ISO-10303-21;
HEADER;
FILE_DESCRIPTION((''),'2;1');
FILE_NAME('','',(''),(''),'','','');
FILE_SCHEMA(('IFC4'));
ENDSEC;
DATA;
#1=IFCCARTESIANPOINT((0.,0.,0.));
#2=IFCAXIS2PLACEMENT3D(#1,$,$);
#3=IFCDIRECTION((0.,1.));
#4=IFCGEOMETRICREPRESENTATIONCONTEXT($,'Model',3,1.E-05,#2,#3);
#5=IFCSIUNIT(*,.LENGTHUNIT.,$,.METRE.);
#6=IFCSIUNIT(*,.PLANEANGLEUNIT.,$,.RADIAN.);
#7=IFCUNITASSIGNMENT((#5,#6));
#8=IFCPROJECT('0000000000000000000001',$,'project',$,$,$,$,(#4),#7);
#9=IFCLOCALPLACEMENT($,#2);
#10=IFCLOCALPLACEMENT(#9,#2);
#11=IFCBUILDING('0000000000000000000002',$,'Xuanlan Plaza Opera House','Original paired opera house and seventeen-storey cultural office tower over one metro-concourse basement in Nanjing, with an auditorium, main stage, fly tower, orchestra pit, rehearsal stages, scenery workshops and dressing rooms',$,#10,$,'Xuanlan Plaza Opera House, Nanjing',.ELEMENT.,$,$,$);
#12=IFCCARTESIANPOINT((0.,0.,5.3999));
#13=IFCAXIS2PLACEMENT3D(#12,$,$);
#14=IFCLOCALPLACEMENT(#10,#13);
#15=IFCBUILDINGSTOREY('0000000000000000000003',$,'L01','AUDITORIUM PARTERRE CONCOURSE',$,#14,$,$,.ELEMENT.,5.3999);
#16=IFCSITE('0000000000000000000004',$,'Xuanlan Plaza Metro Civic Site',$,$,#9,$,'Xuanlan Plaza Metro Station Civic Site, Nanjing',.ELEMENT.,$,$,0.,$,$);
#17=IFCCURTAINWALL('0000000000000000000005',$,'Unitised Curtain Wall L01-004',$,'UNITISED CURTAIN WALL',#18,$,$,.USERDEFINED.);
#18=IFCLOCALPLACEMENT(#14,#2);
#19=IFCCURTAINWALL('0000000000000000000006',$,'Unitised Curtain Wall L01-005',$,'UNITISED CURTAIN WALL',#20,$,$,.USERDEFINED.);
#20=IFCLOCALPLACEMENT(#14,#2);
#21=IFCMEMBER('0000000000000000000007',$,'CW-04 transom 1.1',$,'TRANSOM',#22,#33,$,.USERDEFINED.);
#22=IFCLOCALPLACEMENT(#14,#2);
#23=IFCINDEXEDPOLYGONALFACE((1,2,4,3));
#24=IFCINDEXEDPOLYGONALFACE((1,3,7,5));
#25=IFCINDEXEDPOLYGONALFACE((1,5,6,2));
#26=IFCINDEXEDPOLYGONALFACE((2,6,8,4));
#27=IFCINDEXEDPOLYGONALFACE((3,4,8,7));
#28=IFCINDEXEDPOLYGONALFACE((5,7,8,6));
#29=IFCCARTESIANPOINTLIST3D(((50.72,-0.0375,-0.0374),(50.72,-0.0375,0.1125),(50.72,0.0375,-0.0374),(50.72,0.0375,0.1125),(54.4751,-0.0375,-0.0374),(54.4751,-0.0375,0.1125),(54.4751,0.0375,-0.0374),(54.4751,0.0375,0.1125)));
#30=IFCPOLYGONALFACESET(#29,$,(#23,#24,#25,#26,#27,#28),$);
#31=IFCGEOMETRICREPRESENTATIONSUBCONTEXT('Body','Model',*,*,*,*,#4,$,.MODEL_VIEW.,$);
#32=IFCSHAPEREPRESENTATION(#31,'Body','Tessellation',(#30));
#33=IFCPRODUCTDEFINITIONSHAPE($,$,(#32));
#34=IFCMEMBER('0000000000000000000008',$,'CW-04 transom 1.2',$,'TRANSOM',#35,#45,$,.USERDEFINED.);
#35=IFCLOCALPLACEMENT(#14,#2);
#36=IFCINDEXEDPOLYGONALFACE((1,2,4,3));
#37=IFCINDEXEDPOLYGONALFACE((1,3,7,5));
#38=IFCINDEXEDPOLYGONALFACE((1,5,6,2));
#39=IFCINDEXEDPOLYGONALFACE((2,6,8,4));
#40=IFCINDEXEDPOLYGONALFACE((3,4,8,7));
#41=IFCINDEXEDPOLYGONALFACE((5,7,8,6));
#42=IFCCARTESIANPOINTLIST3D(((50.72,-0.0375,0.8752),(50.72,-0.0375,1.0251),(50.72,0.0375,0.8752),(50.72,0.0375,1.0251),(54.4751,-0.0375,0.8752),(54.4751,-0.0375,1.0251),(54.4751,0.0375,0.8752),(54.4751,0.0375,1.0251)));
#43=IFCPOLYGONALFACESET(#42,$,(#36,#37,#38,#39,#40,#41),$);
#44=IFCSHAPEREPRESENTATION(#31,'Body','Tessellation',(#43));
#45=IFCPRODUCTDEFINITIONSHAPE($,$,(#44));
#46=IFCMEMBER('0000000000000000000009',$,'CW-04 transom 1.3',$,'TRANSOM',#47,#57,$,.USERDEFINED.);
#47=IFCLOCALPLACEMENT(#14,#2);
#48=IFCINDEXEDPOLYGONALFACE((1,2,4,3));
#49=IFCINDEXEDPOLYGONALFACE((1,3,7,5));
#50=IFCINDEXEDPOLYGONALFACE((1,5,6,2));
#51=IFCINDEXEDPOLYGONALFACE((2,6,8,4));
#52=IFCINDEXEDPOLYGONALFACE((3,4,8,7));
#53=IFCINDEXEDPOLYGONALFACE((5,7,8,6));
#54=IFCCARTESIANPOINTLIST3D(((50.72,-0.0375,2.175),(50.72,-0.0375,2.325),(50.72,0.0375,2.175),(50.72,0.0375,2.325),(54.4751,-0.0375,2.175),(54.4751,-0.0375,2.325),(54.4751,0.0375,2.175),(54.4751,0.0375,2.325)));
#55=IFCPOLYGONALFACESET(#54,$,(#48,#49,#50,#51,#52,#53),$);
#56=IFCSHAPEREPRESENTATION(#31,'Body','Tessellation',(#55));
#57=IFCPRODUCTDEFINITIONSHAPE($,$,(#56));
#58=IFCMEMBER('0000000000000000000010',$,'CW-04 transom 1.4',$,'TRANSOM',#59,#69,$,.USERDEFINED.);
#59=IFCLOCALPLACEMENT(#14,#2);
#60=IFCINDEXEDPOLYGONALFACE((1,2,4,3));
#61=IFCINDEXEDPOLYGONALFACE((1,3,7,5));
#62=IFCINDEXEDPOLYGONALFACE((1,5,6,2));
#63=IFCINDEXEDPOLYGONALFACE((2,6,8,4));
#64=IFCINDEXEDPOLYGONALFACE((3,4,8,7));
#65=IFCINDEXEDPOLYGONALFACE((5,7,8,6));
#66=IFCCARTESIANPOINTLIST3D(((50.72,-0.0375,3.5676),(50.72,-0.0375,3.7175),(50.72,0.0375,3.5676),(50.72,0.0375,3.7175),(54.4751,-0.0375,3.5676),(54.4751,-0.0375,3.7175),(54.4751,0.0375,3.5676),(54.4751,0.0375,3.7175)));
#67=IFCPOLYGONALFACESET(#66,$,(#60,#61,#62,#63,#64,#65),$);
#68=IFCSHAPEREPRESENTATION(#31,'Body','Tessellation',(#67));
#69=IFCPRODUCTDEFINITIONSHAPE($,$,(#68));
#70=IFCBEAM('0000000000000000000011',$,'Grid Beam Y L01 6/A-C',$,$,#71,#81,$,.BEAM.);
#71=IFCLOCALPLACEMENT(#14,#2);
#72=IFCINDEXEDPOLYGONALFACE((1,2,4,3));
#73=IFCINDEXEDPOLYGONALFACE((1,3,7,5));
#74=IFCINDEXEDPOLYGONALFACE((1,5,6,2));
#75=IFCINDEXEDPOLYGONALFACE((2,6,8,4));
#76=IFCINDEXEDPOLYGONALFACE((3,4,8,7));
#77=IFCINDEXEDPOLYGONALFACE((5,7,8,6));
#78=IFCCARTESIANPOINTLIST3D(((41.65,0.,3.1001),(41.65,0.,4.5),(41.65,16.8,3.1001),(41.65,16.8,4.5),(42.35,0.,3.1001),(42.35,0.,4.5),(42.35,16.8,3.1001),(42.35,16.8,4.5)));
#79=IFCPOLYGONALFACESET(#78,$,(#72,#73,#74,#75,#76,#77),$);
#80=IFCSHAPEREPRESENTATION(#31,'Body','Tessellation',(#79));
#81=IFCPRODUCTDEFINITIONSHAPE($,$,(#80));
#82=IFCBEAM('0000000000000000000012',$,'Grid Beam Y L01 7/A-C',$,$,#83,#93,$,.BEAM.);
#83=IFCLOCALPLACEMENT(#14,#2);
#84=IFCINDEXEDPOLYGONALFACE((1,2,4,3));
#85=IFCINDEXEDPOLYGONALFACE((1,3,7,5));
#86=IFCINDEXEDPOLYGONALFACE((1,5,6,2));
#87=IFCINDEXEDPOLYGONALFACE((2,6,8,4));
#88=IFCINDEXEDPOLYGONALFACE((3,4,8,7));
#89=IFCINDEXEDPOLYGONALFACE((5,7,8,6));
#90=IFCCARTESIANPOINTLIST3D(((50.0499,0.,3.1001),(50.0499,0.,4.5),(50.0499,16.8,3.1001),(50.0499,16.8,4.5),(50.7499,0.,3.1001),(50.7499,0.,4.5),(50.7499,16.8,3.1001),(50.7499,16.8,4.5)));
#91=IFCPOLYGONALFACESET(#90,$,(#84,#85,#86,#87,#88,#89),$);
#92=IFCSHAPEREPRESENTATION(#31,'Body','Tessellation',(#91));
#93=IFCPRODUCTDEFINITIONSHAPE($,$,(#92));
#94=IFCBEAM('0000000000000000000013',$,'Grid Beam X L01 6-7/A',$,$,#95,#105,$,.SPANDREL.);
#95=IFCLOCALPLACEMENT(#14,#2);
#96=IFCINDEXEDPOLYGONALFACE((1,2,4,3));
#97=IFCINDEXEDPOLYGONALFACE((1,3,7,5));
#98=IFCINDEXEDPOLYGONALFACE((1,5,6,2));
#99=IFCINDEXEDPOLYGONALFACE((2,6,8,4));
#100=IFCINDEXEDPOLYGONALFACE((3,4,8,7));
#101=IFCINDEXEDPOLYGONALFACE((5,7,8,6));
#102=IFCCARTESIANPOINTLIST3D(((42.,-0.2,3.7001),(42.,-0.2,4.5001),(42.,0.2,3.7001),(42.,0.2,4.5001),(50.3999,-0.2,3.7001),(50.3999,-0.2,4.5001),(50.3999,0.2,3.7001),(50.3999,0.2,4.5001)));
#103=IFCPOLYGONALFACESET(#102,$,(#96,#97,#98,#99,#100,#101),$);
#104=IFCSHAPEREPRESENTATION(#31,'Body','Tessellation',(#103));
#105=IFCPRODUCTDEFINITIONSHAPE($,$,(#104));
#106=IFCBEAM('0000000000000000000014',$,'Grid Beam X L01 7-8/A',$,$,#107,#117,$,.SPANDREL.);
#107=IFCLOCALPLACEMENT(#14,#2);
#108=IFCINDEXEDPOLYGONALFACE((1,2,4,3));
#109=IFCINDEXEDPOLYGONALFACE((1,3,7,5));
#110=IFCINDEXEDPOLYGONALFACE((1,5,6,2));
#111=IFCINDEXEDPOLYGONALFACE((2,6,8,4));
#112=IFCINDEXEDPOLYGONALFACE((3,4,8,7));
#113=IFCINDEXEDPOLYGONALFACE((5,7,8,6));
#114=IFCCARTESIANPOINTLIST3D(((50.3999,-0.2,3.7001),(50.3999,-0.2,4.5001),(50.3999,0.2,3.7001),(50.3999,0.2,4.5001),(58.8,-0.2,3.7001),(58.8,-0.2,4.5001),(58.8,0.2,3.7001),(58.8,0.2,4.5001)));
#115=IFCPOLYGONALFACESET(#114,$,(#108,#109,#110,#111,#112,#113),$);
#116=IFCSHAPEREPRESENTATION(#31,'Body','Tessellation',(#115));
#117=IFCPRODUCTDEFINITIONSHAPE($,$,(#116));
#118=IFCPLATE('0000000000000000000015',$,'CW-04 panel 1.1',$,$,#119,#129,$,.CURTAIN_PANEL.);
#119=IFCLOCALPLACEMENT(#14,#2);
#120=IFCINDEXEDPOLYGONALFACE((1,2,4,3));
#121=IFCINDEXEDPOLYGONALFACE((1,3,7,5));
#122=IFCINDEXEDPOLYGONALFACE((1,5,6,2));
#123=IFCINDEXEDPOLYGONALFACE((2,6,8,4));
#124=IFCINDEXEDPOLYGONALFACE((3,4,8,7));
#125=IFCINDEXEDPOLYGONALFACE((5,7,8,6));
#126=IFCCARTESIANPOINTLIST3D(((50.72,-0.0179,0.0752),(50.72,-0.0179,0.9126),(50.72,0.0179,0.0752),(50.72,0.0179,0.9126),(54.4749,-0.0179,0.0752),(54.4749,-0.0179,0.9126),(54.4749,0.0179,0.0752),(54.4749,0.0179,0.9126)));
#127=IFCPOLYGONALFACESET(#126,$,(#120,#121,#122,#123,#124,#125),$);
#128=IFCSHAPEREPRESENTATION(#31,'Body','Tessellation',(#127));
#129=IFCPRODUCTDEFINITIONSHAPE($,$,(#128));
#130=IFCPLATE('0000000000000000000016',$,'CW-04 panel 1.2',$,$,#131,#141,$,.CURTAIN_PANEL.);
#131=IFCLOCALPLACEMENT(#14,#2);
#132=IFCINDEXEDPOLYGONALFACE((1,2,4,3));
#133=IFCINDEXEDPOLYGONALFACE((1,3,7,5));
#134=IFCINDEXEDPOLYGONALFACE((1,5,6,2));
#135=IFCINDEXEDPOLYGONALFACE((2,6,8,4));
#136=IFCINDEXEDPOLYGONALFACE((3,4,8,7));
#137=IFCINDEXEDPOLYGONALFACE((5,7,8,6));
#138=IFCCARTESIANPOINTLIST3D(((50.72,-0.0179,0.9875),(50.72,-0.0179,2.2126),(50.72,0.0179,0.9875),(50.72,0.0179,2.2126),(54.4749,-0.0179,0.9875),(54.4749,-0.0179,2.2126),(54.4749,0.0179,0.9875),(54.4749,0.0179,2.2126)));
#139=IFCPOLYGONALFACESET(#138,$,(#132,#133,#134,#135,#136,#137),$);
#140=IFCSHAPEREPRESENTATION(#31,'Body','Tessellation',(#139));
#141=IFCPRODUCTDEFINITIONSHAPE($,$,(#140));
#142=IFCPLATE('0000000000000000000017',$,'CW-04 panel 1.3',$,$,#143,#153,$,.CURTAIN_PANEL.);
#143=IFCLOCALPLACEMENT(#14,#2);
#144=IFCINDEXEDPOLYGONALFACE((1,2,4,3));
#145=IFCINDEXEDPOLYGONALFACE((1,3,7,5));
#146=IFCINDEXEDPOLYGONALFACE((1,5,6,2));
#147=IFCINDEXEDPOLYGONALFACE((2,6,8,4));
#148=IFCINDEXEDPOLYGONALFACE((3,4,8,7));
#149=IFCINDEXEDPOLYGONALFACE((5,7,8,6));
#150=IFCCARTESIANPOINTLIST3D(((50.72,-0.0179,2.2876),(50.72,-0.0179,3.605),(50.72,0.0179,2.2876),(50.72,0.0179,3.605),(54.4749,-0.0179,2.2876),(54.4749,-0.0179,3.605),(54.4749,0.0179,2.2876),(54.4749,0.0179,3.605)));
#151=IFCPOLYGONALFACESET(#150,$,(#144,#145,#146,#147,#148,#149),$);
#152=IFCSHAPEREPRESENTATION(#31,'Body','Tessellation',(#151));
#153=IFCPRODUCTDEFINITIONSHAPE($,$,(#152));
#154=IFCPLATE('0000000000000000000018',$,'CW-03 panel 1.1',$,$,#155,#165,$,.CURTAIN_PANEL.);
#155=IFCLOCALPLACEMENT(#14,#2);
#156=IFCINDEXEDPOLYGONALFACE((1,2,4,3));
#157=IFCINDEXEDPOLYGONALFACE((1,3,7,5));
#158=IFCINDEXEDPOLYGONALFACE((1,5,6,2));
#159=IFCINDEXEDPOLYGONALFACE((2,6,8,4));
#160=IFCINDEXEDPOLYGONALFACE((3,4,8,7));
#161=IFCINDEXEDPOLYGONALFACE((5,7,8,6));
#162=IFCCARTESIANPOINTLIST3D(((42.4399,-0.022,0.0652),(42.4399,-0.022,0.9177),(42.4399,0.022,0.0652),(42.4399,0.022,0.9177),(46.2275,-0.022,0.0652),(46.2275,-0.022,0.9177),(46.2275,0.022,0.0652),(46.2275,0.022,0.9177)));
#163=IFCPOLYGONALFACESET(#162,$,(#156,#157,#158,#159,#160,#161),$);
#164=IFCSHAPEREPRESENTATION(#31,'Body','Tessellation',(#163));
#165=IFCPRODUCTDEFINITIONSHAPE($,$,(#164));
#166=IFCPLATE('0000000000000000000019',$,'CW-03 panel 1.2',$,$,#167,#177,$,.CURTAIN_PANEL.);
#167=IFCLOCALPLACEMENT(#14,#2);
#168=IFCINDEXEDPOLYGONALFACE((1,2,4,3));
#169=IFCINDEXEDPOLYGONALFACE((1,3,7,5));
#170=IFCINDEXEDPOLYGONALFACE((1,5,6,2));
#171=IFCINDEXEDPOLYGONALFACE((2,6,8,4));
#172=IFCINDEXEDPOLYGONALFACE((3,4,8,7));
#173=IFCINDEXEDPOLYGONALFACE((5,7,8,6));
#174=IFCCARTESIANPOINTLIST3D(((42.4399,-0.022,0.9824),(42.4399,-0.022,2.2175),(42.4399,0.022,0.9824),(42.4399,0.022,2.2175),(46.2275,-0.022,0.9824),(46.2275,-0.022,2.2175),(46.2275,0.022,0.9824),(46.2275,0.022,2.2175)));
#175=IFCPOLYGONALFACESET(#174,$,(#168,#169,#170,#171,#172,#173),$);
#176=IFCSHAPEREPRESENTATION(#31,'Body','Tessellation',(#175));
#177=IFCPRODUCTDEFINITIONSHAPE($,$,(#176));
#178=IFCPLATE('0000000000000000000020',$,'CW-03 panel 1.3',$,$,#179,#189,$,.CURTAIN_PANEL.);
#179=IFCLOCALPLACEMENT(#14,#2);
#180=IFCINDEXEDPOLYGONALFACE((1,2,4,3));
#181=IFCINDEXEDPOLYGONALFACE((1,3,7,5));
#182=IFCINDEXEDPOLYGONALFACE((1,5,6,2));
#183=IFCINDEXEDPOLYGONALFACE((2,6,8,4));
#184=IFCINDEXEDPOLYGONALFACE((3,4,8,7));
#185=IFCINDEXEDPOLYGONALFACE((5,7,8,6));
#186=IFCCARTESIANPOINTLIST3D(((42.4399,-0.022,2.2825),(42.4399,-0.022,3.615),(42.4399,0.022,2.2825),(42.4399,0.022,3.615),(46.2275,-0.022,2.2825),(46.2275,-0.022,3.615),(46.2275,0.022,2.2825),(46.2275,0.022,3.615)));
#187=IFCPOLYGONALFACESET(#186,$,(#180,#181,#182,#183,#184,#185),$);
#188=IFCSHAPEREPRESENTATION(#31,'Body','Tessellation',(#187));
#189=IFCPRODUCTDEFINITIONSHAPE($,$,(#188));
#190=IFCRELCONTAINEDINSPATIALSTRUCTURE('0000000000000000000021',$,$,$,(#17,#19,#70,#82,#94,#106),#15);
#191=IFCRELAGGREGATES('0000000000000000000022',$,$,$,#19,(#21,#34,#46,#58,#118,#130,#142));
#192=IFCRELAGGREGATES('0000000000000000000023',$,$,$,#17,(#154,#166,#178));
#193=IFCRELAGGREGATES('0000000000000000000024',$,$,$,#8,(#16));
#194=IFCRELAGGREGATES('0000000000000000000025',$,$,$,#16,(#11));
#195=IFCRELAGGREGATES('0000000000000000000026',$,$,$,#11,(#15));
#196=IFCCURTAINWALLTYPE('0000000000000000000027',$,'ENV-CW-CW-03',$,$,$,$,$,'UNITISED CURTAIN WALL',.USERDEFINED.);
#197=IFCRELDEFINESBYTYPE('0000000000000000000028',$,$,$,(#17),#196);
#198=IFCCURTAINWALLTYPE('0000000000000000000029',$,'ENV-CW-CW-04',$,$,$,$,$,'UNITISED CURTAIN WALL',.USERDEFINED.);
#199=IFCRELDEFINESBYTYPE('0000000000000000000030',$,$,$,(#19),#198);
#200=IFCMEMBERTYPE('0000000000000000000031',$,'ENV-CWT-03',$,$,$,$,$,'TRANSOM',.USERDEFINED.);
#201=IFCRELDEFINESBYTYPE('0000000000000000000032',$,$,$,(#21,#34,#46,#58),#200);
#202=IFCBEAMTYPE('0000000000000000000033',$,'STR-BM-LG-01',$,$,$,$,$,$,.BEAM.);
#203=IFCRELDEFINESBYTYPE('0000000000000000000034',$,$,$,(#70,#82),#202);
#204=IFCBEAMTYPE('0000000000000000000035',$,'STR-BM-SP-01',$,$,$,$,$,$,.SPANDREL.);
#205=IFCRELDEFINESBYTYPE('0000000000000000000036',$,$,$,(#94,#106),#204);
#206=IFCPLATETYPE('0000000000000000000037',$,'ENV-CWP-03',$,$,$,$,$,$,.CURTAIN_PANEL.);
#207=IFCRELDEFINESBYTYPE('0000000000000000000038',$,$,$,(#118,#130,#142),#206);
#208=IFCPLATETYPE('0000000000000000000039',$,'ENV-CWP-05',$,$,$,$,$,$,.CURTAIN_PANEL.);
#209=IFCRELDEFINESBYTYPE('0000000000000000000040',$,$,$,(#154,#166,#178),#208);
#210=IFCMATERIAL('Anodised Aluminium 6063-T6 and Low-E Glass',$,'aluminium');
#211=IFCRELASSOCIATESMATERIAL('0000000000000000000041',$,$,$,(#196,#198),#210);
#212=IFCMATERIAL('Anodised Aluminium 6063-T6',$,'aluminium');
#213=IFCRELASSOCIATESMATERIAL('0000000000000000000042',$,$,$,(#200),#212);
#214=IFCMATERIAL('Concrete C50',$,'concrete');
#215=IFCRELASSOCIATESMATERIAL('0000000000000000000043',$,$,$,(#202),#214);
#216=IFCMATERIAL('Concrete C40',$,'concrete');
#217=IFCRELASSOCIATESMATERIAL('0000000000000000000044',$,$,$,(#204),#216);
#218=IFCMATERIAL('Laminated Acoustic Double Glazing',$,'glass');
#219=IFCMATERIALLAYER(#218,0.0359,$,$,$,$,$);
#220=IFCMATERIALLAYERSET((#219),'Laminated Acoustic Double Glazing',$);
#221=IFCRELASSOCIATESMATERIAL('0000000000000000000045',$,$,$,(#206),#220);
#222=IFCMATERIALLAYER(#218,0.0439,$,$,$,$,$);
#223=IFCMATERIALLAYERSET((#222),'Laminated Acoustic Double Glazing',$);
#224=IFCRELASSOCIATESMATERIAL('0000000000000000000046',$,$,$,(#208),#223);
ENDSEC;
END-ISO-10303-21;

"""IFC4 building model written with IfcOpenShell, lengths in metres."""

from ifc_helpers import new_model, si_unit, direction, frame, origin, origin_2d, place, context, subcontext, project, spatial, rectangle, extrude, material, layer, layer_set, material_profile, profile_set, type_object, element, aggregate, save


model = new_model("IFC4")

# Units and contexts
model_context = context("Model", 3, precision=1e-05, world=origin(), true_north=direction((0.0, 1.0)))
body_context = subcontext(model_context, "Body", "Model", "MODEL_VIEW")
ifc_project = project(units=[si_unit("LENGTHUNIT", "METRE"), si_unit("PLANEANGLEUNIT", "RADIAN")], contexts=[model_context])

# Site, building, storey
site_placement = place(None, origin())
site = spatial("IfcSite", under=ifc_project, at=site_placement, Name="Xuanlan Plaza Metro Civic Site", LongName="Xuanlan Plaza Metro Station Civic Site, Nanjing", CompositionType="ELEMENT", RefElevation=0.0)
building_placement = place(site_placement, origin())
building = spatial("IfcBuilding", under=site, at=building_placement, Name="Xuanlan Plaza Opera House", Description="Original paired opera house and seventeen-storey cultural office tower over one metro-concourse basement in Nanjing, with an auditorium, main stage, fly tower, orchestra pit, rehearsal stages, scenery workshops and dressing rooms", LongName="Xuanlan Plaza Opera House, Nanjing", CompositionType="ELEMENT")
storey_placement = place(building_placement, frame((0.0, 0.0, 5.3999)))
storey = spatial("IfcBuildingStorey", under=building, at=storey_placement, Name="L01", Description="AUDITORIUM PARTERRE CONCOURSE", CompositionType="ELEMENT", Elevation=5.3999)

# Shared definitions
ifc_material_1 = material(Name="Concrete C40", Category="concrete")

# Curtain wall
ifc_material_2 = material(Name="Anodised Aluminium 6063-T6 and Low-E Glass", Category="aluminium")
curtain_wall_type_1 = type_object("IfcCurtainWallType", Name="ENV-CW-CW-03", ElementType="UNITISED CURTAIN WALL", PredefinedType="USERDEFINED", material=ifc_material_2)
curtain_wall_1_placement = place(storey_placement, origin())
curtain_wall_1 = element("IfcCurtainWall", 1, at=curtain_wall_1_placement, inside=storey, type_object=curtain_wall_type_1, Name="Unitised Curtain Wall L01-004", ObjectType="UNITISED CURTAIN WALL", PredefinedType="USERDEFINED")
ifc_material_3 = material(Name="Anodised Aluminium 6063-T6", Category="aluminium")

# Curtain wall
curtain_wall_type_2 = type_object("IfcCurtainWallType", Name="ENV-CW-CW-04", ElementType="UNITISED CURTAIN WALL", PredefinedType="USERDEFINED", material=ifc_material_2)
curtain_wall_2_placement = place(storey_placement, origin())
curtain_wall_2 = element("IfcCurtainWall", 2, at=curtain_wall_2_placement, inside=storey, type_object=curtain_wall_type_2, Name="Unitised Curtain Wall L01-005", ObjectType="UNITISED CURTAIN WALL", PredefinedType="USERDEFINED")

# Members
ifc_material_profile_1 = material_profile(ifc_material_3, rectangle(XDim=0.075, YDim=0.1499, at=origin_2d()), Name="ALU-T 75x150")
ifc_profile_set_1 = profile_set([ifc_material_profile_1], Name="Anodised Aluminium 6063-T6")
member_type_1 = type_object("IfcMemberType", Name="ENV-CWT-03", ElementType="TRANSOM", PredefinedType="USERDEFINED", material=ifc_profile_set_1)
member_1_placement = place(storey_placement, frame((50.72, 0.0, 0.0376), z_axis=(1.0, 0.0, 0.0), x_axis=(0.0, 1.0, 0.0)))
member_1 = element("IfcMember", 3, at=member_1_placement, type_object=member_type_1, Name="CW-04 transom 1.1", ObjectType="TRANSOM", PredefinedType="USERDEFINED", context=body_context, shape_type="SweptSolid", body=[
    extrude(rectangle(XDim=0.075, YDim=0.1499, at=origin_2d()), origin(), (0.0, 0.0, 1.0), 3.7551),
])
member_2_placement = place(storey_placement, frame((50.72, 0.0, 0.9502), z_axis=(1.0, 0.0, 0.0), x_axis=(0.0, 1.0, 0.0)))
member_2 = element("IfcMember", 4, at=member_2_placement, type_object=member_type_1, Name="CW-04 transom 1.2", ObjectType="TRANSOM", PredefinedType="USERDEFINED", context=body_context, shape_type="SweptSolid", body=[
    extrude(rectangle(XDim=0.075, YDim=0.1499, at=origin_2d()), origin(), (0.0, 0.0, 1.0), 3.7551),
])
member_3_placement = place(storey_placement, frame((50.72, 0.0, 2.25), z_axis=(1.0, 0.0, 0.0), x_axis=(0.0, 1.0, 0.0)))
member_3 = element("IfcMember", 5, at=member_3_placement, type_object=member_type_1, Name="CW-04 transom 1.3", ObjectType="TRANSOM", PredefinedType="USERDEFINED", context=body_context, shape_type="SweptSolid", body=[
    extrude(rectangle(XDim=0.075, YDim=0.1499, at=origin_2d()), origin(), (0.0, 0.0, 1.0), 3.7551),
])
member_4_placement = place(storey_placement, frame((50.72, 0.0, 3.6426), z_axis=(1.0, 0.0, 0.0), x_axis=(0.0, 1.0, 0.0)))
member_4 = element("IfcMember", 6, at=member_4_placement, type_object=member_type_1, Name="CW-04 transom 1.4", ObjectType="TRANSOM", PredefinedType="USERDEFINED", context=body_context, shape_type="SweptSolid", body=[
    extrude(rectangle(XDim=0.075, YDim=0.1499, at=origin_2d()), origin(), (0.0, 0.0, 1.0), 3.7551),
])

# Beams
ifc_material_4 = material(Name="Concrete C50", Category="concrete")
ifc_material_profile_2 = material_profile(ifc_material_4, rectangle(XDim=0.7, YDim=1.3999, at=origin_2d()), Name="RC-LG 700x1400")
ifc_profile_set_2 = profile_set([ifc_material_profile_2], Name="Concrete C50")
beam_type_1 = type_object("IfcBeamType", Name="STR-BM-LG-01", PredefinedType="BEAM", material=ifc_profile_set_2)
for number, where, z_axis, x_axis, name in (
    (7, (42.0, 0.0, 3.8), (0.0, 1.0, 0.0), (-1.0, 0.0, 0.0), "Grid Beam Y L01 6/A-C"),
    (8, (50.3999, 0.0, 3.8), (0.0, 1.0, 0.0), (-1.0, 0.0, 0.0), "Grid Beam Y L01 7/A-C"),
):
    element("IfcBeam", number, at=place(storey_placement, frame(where, z_axis=z_axis, x_axis=x_axis)), inside=storey, type_object=beam_type_1, Name=name, PredefinedType="BEAM", context=body_context, shape_type="SweptSolid", body=[
        extrude(rectangle(XDim=0.7, YDim=1.3999, at=origin_2d()), origin(), (0.0, 0.0, 1.0), 16.8),
    ])
ifc_material_profile_3 = material_profile(ifc_material_1, rectangle(XDim=0.3999, YDim=0.8, at=origin_2d()), Name="RC-SPD 400x800")
ifc_profile_set_3 = profile_set([ifc_material_profile_3], Name="Concrete C40")
beam_type_2 = type_object("IfcBeamType", Name="STR-BM-SP-01", PredefinedType="SPANDREL", material=ifc_profile_set_3)
beam_1_placement = place(storey_placement, frame((42.0, 0.0, 4.1001), z_axis=(1.0, 0.0, 0.0), x_axis=(0.0, 1.0, 0.0)))
element("IfcBeam", 9, at=beam_1_placement, inside=storey, type_object=beam_type_2, Name="Grid Beam X L01 6-7/A", PredefinedType="SPANDREL", context=body_context, shape_type="SweptSolid", body=[
    extrude(rectangle(XDim=0.3999, YDim=0.8, at=origin_2d()), origin(), (0.0, 0.0, 1.0), 8.3999),
])
beam_2_placement = place(storey_placement, frame((50.3999, 0.0, 4.1001), z_axis=(1.0, 0.0, 0.0), x_axis=(0.0, 1.0, 0.0)))
element("IfcBeam", 10, at=beam_2_placement, inside=storey, type_object=beam_type_2, Name="Grid Beam X L01 7-8/A", PredefinedType="SPANDREL", context=body_context, shape_type="SweptSolid", body=[
    extrude(rectangle(XDim=0.3999, YDim=0.8, at=origin_2d()), origin(), (0.0, 0.0, 1.0), 8.4001),
])

# Plates
ifc_material_5 = material(Name="Laminated Acoustic Double Glazing", Category="glass")
ifc_layer_1 = layer(ifc_material_5, 0.0359)
ifc_layer_set_1 = layer_set([ifc_layer_1], Name="Laminated Acoustic Double Glazing")
plate_type_1 = type_object("IfcPlateType", Name="ENV-CWP-03", PredefinedType="CURTAIN_PANEL", material=ifc_layer_set_1)
plate_1_placement = place(storey_placement, frame((52.5974, 0.0, 0.0752), z_axis=(0.0, 0.0, 1.0), x_axis=(1.0, 0.0, 0.0)))
plate_1 = element("IfcPlate", 11, at=plate_1_placement, type_object=plate_type_1, Name="CW-04 panel 1.1", PredefinedType="CURTAIN_PANEL", context=body_context, shape_type="SweptSolid", body=[
    extrude(rectangle(XDim=3.7549, YDim=0.0359, at=origin_2d()), origin(), (0.0, 0.0, 1.0), 0.8374),
])
plate_2_placement = place(storey_placement, frame((52.5974, 0.0, 0.9875), z_axis=(0.0, 0.0, 1.0), x_axis=(1.0, 0.0, 0.0)))
plate_2 = element("IfcPlate", 12, at=plate_2_placement, type_object=plate_type_1, Name="CW-04 panel 1.2", PredefinedType="CURTAIN_PANEL", context=body_context, shape_type="SweptSolid", body=[
    extrude(rectangle(XDim=3.7549, YDim=0.0359, at=origin_2d()), origin(), (0.0, 0.0, 1.0), 1.2251),
])
plate_3_placement = place(storey_placement, frame((52.5974, 0.0, 2.2876), z_axis=(0.0, 0.0, 1.0), x_axis=(1.0, 0.0, 0.0)))
plate_3 = element("IfcPlate", 13, at=plate_3_placement, type_object=plate_type_1, Name="CW-04 panel 1.3", PredefinedType="CURTAIN_PANEL", context=body_context, shape_type="SweptSolid", body=[
    extrude(rectangle(XDim=3.7549, YDim=0.0359, at=origin_2d()), origin(), (0.0, 0.0, 1.0), 1.3174),
])
aggregate(curtain_wall_2, [member_1, member_2, member_3, member_4, plate_1, plate_2, plate_3])
ifc_layer_2 = layer(ifc_material_5, 0.0439)
ifc_layer_set_2 = layer_set([ifc_layer_2], Name="Laminated Acoustic Double Glazing")
plate_type_2 = type_object("IfcPlateType", Name="ENV-CWP-05", PredefinedType="CURTAIN_PANEL", material=ifc_layer_set_2)
plate_4_placement = place(storey_placement, frame((44.3337, 0.0, 0.0652), z_axis=(0.0, 0.0, 1.0), x_axis=(1.0, 0.0, 0.0)))
plate_4 = element("IfcPlate", 14, at=plate_4_placement, type_object=plate_type_2, Name="CW-03 panel 1.1", PredefinedType="CURTAIN_PANEL", context=body_context, shape_type="SweptSolid", body=[
    extrude(rectangle(XDim=3.7876, YDim=0.0439, at=origin_2d()), origin(), (0.0, 0.0, 1.0), 0.8525),
])
plate_5_placement = place(storey_placement, frame((44.3337, 0.0, 0.9824), z_axis=(0.0, 0.0, 1.0), x_axis=(1.0, 0.0, 0.0)))
plate_5 = element("IfcPlate", 15, at=plate_5_placement, type_object=plate_type_2, Name="CW-03 panel 1.2", PredefinedType="CURTAIN_PANEL", context=body_context, shape_type="SweptSolid", body=[
    extrude(rectangle(XDim=3.7876, YDim=0.0439, at=origin_2d()), origin(), (0.0, 0.0, 1.0), 1.2351),
])
plate_6_placement = place(storey_placement, frame((44.3337, 0.0, 2.2825), z_axis=(0.0, 0.0, 1.0), x_axis=(1.0, 0.0, 0.0)))
plate_6 = element("IfcPlate", 16, at=plate_6_placement, type_object=plate_type_2, Name="CW-03 panel 1.3", PredefinedType="CURTAIN_PANEL", context=body_context, shape_type="SweptSolid", body=[
    extrude(rectangle(XDim=3.7876, YDim=0.0439, at=origin_2d()), origin(), (0.0, 0.0, 1.0), 1.3325),
])
aggregate(curtain_wall_1, [plate_4, plate_5, plate_6])

save(model, "model.ifc")
